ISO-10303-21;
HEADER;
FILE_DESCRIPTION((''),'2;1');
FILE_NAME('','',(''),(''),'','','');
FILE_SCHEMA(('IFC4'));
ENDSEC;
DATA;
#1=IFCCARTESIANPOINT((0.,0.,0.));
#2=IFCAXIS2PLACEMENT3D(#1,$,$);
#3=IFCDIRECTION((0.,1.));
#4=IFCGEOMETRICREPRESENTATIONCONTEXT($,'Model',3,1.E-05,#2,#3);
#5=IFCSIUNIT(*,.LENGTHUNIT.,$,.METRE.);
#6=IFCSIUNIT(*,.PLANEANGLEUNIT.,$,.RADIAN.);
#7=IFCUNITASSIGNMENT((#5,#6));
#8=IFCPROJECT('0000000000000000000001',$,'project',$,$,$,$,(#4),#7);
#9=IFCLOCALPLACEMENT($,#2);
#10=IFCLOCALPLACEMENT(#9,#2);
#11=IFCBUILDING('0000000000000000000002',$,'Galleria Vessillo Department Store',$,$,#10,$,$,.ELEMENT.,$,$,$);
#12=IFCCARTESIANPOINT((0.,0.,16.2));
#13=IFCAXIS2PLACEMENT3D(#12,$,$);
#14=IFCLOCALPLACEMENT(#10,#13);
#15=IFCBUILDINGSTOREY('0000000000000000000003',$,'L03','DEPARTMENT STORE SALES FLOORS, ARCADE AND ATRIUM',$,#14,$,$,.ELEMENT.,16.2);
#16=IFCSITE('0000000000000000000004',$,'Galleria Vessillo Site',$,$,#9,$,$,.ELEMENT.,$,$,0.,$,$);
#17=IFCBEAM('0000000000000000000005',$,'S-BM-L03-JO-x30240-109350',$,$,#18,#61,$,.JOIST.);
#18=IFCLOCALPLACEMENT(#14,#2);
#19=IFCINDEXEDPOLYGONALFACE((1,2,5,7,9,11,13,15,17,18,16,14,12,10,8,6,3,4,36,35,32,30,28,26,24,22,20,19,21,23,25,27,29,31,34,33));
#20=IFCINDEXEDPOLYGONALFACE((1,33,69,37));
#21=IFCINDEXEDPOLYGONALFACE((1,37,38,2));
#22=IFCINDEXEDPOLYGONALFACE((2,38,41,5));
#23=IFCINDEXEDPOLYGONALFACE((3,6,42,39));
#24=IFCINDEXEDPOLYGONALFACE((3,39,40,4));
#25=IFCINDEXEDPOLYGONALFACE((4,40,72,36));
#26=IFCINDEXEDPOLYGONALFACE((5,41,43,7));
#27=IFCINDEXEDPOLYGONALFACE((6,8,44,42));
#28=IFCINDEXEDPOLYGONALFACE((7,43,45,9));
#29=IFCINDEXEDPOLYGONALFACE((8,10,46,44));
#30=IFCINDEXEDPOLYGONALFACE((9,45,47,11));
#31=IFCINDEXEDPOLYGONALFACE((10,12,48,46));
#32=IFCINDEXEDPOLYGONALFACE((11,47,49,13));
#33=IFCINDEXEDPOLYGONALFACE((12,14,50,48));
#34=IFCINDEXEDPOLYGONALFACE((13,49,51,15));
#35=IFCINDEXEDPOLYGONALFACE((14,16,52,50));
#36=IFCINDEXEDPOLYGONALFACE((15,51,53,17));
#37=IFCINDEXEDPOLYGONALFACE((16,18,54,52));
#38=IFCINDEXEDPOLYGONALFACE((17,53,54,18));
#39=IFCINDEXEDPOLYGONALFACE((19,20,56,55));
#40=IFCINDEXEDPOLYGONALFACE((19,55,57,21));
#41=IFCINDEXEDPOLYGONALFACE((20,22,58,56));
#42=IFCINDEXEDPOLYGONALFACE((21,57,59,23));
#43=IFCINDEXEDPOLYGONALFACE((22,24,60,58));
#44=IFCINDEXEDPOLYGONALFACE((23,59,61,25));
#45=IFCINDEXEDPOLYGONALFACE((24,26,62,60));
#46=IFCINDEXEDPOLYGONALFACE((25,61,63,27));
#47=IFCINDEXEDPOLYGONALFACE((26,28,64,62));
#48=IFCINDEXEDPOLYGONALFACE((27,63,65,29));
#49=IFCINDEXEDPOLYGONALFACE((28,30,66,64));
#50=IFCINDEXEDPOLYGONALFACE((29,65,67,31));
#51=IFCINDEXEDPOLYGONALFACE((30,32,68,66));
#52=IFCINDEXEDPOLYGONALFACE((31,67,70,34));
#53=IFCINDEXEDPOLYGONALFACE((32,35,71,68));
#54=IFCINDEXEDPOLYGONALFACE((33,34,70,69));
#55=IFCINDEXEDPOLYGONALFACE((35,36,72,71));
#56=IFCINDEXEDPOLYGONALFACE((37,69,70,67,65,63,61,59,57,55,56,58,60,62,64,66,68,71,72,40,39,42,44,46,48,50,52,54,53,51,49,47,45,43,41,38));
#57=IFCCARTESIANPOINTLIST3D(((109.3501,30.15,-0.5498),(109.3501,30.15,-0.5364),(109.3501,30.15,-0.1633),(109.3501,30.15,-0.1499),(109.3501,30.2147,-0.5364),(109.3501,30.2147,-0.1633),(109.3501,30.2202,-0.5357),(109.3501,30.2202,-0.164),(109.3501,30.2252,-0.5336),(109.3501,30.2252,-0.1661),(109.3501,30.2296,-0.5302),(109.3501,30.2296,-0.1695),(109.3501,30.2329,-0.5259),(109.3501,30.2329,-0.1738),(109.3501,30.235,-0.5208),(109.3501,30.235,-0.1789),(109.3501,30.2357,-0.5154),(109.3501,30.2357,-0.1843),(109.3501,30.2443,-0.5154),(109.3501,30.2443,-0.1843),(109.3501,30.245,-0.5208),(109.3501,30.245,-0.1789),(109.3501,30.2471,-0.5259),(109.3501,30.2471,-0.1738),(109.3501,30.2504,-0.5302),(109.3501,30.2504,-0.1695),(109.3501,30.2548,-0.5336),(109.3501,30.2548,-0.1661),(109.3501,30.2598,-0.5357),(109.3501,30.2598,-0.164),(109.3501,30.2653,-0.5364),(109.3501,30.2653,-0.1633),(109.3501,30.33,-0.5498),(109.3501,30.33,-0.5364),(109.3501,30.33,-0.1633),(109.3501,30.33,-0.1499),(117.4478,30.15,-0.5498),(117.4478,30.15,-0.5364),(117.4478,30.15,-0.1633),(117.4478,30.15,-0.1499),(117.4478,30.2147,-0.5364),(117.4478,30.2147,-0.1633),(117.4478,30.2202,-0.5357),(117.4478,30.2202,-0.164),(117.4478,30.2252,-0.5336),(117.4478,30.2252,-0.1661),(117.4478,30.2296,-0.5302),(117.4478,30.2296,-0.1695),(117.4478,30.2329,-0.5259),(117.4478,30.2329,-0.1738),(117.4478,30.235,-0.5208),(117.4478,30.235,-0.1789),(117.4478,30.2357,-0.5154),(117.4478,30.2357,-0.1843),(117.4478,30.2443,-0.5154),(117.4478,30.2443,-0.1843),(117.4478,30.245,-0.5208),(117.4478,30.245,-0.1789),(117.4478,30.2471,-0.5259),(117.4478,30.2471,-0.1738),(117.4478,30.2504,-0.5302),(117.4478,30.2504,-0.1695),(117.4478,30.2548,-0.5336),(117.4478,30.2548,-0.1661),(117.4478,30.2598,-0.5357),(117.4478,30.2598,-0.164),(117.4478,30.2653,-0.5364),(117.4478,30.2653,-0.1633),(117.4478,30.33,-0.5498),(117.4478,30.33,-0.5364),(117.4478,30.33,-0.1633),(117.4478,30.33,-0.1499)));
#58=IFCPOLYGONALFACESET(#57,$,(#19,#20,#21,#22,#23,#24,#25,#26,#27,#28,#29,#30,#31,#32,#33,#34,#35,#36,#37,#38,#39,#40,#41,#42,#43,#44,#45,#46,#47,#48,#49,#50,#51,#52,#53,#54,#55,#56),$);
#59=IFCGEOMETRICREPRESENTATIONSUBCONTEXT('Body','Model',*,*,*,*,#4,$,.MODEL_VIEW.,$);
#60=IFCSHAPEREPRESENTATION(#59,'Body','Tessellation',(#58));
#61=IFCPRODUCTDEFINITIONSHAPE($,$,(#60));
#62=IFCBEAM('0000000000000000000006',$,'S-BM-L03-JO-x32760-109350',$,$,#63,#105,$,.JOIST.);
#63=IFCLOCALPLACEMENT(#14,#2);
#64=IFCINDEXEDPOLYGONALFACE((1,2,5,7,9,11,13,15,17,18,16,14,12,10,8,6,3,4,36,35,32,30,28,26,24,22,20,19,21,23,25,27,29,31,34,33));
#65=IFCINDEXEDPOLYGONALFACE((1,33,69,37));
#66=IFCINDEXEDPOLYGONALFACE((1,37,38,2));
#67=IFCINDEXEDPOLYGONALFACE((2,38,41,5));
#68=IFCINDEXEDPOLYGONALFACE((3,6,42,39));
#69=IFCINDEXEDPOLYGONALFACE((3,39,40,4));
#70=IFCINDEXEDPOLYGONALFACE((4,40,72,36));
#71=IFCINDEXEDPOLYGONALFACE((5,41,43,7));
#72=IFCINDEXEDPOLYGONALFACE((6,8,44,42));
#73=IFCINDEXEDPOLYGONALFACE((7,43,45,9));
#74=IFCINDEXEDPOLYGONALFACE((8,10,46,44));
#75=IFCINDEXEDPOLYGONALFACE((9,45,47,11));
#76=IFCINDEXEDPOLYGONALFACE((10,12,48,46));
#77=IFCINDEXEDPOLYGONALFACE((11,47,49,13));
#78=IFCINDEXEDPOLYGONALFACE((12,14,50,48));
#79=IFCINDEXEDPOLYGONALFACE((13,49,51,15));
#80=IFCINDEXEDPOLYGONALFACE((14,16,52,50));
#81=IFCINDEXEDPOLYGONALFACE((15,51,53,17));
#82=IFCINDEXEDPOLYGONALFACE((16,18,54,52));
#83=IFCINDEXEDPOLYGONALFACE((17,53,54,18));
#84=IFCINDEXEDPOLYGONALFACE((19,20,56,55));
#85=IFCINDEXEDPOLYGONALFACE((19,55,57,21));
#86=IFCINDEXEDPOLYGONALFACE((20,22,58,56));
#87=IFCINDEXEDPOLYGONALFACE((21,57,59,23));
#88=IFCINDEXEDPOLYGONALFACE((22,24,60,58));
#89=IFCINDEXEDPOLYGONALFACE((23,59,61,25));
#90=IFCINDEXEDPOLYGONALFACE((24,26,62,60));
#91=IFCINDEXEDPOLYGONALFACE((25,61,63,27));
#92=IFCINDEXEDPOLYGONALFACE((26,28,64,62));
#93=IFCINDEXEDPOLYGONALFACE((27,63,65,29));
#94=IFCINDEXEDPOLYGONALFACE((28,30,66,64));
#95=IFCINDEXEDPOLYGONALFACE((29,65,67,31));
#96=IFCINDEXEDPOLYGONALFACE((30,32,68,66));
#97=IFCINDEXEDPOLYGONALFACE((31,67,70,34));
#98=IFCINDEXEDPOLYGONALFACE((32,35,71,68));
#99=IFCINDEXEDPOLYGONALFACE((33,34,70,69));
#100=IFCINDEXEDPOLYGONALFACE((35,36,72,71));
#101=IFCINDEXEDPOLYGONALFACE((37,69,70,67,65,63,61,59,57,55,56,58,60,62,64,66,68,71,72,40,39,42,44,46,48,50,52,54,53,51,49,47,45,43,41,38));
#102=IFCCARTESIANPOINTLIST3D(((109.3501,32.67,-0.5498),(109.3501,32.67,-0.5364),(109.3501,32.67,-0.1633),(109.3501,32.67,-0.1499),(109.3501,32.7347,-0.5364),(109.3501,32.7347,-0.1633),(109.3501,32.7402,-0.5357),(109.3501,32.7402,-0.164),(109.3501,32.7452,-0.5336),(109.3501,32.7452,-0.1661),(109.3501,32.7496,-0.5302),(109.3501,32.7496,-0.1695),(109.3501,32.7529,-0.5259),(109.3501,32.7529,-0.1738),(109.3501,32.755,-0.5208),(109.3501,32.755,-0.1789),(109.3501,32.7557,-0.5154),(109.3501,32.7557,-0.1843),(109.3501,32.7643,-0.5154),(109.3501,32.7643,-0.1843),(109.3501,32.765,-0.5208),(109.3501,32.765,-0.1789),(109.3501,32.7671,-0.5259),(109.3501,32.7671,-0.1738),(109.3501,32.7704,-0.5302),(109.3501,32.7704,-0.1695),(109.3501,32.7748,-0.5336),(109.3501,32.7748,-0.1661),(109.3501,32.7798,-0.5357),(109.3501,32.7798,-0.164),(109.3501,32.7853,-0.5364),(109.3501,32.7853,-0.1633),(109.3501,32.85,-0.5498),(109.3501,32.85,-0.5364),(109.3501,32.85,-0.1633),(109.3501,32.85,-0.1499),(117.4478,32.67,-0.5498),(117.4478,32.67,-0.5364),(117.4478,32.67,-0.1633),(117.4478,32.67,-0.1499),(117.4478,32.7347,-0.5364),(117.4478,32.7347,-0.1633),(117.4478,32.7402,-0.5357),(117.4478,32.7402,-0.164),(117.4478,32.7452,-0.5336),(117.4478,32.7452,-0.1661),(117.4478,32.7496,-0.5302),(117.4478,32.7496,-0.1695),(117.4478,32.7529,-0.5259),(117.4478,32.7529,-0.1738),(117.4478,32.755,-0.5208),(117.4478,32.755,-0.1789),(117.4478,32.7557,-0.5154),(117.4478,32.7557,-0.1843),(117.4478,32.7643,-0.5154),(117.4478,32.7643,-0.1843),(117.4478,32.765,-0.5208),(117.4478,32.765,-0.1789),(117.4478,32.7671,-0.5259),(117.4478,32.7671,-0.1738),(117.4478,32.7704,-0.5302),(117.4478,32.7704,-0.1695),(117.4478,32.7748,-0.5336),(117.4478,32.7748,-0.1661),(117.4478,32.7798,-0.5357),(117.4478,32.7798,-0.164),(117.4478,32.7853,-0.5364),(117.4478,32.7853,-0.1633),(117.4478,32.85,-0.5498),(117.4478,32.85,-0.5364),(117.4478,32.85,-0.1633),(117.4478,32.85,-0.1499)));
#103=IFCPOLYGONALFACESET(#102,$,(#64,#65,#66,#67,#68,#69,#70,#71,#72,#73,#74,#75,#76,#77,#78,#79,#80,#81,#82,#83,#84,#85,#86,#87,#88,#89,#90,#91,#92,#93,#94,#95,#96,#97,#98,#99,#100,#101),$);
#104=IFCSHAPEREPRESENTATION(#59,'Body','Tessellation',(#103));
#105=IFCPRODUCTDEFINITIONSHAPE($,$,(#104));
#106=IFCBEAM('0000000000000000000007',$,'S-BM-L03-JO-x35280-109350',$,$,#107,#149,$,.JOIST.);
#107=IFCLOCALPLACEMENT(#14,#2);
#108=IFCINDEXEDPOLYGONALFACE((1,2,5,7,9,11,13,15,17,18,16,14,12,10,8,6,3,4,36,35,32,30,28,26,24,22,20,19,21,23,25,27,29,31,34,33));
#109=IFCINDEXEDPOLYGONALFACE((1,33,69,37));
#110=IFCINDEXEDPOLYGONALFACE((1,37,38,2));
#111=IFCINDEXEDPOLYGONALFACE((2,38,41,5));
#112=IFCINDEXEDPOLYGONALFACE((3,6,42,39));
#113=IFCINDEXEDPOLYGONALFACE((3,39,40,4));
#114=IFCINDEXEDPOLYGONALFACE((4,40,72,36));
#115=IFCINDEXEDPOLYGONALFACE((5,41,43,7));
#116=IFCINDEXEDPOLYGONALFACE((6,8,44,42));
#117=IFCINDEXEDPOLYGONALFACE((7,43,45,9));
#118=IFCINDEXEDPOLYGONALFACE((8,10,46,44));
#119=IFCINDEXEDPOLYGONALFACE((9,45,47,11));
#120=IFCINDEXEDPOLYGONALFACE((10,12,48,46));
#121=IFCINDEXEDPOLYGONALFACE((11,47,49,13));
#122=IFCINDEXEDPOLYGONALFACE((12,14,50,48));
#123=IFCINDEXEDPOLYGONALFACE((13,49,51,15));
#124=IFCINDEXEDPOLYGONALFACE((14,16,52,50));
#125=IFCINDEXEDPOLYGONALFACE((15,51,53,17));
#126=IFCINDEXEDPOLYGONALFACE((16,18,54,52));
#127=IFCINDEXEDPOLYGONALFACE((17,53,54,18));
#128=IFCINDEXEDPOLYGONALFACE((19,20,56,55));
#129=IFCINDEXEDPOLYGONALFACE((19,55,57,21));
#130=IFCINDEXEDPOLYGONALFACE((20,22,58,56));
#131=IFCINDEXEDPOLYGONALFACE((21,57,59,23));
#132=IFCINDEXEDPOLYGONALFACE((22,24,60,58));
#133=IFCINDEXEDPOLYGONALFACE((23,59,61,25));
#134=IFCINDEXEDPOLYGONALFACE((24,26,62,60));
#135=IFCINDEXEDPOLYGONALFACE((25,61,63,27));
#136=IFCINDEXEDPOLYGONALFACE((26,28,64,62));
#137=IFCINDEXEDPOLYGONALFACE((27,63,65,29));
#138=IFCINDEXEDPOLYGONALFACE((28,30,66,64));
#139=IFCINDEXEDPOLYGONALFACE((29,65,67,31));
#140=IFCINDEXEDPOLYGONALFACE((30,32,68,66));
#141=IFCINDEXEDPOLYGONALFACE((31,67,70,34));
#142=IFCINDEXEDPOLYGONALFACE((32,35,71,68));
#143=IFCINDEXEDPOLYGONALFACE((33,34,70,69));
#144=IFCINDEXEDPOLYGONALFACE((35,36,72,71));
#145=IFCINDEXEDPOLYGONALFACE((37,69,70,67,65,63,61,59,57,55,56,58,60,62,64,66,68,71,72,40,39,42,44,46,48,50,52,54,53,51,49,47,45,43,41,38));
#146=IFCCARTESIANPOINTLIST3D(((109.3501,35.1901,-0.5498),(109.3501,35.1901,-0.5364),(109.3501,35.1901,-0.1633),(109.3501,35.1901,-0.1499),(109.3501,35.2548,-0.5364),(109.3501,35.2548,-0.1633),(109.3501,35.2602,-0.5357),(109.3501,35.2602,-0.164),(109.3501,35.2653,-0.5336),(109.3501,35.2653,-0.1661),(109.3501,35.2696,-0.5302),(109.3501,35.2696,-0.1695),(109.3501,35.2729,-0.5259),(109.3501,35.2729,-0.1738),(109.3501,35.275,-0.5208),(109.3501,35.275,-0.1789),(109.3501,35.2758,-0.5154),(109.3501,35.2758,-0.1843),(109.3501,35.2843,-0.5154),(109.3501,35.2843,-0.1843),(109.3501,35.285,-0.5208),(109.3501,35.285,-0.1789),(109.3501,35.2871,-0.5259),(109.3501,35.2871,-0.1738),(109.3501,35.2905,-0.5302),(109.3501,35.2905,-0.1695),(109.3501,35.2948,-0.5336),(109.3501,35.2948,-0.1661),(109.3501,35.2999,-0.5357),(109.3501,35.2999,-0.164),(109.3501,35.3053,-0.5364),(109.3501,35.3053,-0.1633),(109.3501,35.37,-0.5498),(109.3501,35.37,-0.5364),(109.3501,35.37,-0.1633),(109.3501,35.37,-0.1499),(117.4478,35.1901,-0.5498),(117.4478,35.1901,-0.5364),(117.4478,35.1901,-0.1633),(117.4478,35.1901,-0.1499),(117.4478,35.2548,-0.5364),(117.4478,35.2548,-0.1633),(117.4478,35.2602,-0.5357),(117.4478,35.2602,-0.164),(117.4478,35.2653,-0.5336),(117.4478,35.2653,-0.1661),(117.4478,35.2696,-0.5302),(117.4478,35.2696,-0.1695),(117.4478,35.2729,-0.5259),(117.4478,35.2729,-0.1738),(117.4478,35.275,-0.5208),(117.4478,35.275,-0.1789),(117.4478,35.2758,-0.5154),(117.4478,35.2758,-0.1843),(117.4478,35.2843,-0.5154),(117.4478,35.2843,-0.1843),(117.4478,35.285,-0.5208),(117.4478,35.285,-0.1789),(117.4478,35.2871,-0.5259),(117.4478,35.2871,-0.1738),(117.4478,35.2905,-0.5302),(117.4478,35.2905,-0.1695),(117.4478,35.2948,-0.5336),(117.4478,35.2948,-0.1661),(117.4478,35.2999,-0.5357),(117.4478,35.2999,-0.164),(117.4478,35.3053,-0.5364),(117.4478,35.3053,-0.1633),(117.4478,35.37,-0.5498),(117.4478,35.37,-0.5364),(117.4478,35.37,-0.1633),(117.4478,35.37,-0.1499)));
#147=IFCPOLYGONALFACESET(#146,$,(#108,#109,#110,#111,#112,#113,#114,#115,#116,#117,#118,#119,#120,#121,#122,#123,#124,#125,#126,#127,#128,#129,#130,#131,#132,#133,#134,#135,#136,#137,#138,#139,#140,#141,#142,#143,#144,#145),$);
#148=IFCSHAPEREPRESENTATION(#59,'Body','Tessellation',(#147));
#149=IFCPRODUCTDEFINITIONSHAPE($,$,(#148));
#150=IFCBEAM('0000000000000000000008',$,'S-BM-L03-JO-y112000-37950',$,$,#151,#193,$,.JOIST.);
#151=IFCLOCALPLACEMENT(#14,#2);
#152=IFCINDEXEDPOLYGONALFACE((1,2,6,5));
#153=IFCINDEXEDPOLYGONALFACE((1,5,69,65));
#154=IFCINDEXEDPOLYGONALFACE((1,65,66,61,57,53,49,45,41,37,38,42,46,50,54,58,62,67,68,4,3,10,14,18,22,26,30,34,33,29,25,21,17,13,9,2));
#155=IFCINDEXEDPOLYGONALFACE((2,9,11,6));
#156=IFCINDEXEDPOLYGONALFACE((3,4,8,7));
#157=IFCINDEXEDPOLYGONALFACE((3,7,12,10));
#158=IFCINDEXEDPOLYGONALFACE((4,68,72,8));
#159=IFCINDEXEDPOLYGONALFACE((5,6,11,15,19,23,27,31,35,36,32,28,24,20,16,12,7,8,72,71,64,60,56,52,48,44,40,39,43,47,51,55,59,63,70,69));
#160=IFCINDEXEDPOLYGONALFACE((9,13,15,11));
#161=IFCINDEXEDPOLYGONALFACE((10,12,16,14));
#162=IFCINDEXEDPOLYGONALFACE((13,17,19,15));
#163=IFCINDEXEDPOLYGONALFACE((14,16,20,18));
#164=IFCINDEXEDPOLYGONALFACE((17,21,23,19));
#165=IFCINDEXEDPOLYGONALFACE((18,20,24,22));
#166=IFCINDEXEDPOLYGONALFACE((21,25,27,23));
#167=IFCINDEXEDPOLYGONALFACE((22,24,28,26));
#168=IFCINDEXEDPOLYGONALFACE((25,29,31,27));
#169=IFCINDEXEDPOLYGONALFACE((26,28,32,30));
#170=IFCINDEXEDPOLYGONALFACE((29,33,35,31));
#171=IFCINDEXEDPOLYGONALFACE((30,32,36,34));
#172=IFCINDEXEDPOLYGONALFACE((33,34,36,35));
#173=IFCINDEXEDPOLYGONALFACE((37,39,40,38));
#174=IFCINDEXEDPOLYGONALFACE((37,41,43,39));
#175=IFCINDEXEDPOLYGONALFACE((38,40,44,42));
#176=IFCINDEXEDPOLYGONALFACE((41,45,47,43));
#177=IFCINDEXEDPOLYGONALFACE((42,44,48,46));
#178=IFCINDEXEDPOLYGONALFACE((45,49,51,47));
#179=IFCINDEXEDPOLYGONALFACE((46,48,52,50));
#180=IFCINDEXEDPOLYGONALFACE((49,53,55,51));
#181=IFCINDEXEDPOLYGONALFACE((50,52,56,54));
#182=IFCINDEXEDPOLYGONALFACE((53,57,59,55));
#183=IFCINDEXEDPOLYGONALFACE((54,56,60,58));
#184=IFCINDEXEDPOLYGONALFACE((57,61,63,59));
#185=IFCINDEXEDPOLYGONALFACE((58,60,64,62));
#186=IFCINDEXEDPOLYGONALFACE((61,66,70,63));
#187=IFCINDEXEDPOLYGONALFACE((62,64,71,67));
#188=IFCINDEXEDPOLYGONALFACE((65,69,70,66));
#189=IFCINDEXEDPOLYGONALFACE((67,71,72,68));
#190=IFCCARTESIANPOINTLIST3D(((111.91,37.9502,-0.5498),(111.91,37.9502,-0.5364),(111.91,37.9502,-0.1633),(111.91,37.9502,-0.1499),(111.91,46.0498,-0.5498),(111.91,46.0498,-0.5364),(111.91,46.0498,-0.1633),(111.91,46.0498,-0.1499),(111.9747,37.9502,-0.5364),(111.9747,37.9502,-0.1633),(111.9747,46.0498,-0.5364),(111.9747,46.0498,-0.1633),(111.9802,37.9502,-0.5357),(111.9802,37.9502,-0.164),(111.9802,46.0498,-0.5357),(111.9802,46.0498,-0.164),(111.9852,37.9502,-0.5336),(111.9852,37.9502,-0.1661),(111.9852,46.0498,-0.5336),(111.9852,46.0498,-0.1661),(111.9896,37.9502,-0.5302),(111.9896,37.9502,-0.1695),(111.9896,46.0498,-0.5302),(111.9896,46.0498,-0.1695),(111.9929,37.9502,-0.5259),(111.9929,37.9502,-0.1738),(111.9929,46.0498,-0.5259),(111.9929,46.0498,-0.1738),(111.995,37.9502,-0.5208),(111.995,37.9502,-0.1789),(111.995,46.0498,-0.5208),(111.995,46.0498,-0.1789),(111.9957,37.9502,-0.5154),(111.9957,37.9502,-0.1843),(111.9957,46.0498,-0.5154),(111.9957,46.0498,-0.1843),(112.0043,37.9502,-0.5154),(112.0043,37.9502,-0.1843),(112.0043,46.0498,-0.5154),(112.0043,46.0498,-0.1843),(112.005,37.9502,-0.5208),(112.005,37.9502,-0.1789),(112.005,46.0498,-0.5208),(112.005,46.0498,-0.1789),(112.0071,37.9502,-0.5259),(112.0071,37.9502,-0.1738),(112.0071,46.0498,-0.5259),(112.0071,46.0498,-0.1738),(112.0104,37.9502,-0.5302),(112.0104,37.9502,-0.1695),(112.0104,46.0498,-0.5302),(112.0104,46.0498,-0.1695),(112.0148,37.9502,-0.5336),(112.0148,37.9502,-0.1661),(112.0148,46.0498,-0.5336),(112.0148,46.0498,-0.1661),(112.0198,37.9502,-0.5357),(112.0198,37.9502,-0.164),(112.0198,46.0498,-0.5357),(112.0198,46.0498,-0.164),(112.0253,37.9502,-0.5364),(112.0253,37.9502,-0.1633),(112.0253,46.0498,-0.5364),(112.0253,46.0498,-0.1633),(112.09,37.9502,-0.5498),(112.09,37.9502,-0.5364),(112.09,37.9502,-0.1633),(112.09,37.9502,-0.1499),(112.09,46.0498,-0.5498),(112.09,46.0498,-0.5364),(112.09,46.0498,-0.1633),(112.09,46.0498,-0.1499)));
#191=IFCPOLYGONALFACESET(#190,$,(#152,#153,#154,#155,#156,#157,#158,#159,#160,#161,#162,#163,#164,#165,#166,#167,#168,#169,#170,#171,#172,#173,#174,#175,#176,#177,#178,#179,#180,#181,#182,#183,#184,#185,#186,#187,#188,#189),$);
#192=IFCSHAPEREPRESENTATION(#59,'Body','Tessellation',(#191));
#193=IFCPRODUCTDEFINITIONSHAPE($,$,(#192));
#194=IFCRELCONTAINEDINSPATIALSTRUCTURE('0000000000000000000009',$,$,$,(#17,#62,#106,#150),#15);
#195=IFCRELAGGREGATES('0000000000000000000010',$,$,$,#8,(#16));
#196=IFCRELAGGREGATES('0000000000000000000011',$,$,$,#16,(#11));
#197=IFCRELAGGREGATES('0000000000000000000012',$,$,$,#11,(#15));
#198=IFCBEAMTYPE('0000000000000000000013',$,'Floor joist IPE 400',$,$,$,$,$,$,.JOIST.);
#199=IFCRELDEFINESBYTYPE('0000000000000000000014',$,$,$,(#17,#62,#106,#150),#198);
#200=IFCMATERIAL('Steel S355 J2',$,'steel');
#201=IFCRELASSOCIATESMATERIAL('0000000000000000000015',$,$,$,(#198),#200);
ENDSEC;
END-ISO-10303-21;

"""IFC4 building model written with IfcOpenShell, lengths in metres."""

from ifc_helpers import new_model, si_unit, direction, frame, origin, origin_2d, place, context, subcontext, project, spatial, i_section, extrude, material, material_profile, profile_set, type_object, element, save


model = new_model("IFC4")

# Units and contexts
model_context = context("Model", 3, precision=1e-05, world=origin(), true_north=direction((0.0, 1.0)))
body_context = subcontext(model_context, "Body", "Model", "MODEL_VIEW")
ifc_project = project(units=[si_unit("LENGTHUNIT", "METRE"), si_unit("PLANEANGLEUNIT", "RADIAN")], contexts=[model_context])

# Site, building, storey
site_placement = place(None, origin())
site = spatial("IfcSite", under=ifc_project, at=site_placement, Name="Galleria Vessillo Site", CompositionType="ELEMENT", RefElevation=0.0)
building_placement = place(site_placement, origin())
building = spatial("IfcBuilding", under=site, at=building_placement, Name="Galleria Vessillo Department Store", CompositionType="ELEMENT")
storey_placement = place(building_placement, frame((0.0, 0.0, 16.2)))
storey = spatial("IfcBuildingStorey", under=building, at=storey_placement, Name="L03", Description="DEPARTMENT STORE SALES FLOORS, ARCADE AND ATRIUM", CompositionType="ELEMENT", Elevation=16.2)

# Beams
ifc_material_1 = material(Name="Steel S355 J2", Category="steel")
ifc_material_profile_1 = material_profile(ifc_material_1, i_section(OverallWidth=0.1799, OverallDepth=0.3999, WebThickness=0.0085, FlangeThickness=0.0134, FilletRadius=0.021, at=origin_2d()), Name="IPE 400")
ifc_profile_set_1 = profile_set([ifc_material_profile_1], Name="Steel S355 J2")
beam_type_1 = type_object("IfcBeamType", Name="Floor joist IPE 400", PredefinedType="JOIST", material=ifc_profile_set_1)
for number, where, z_axis, x_axis, name in (
    (1, (109.3501, 30.24, -0.3499), (1.0, 0.0, 0.0), (0.0, 1.0, 0.0), "S-BM-L03-JO-x30240-109350"),
    (2, (109.3501, 32.76, -0.3499), (1.0, 0.0, 0.0), (0.0, 1.0, 0.0), "S-BM-L03-JO-x32760-109350"),
    (3, (109.3501, 35.28, -0.3499), (1.0, 0.0, 0.0), (0.0, 1.0, 0.0), "S-BM-L03-JO-x35280-109350"),
):
    element("IfcBeam", number, at=place(storey_placement, frame(where, z_axis=z_axis, x_axis=x_axis)), inside=storey, type_object=beam_type_1, Name=name, PredefinedType="JOIST", context=body_context, shape_type="SweptSolid", body=[
        extrude(i_section(OverallWidth=0.1799, OverallDepth=0.3999, WebThickness=0.0085, FlangeThickness=0.0134, FilletRadius=0.021, at=origin_2d()), origin(), (0.0, 0.0, 1.0), 8.0977),
    ])
for number, where, z_axis, x_axis, name in (
    (4, (112.0, 37.9502, -0.3499), (0.0, 1.0, 0.0), (-1.0, 0.0, 0.0), "S-BM-L03-JO-y112000-37950"),
):
    element("IfcBeam", number, at=place(storey_placement, frame(where, z_axis=z_axis, x_axis=x_axis)), inside=storey, type_object=beam_type_1, Name=name, PredefinedType="JOIST", context=body_context, shape_type="SweptSolid", body=[
        extrude(i_section(OverallWidth=0.1799, OverallDepth=0.3999, WebThickness=0.0085, FlangeThickness=0.0134, FilletRadius=0.021, at=origin_2d()), origin(), (0.0, 0.0, 1.0), 8.0996),
    ])

save(model, "model.ifc")
